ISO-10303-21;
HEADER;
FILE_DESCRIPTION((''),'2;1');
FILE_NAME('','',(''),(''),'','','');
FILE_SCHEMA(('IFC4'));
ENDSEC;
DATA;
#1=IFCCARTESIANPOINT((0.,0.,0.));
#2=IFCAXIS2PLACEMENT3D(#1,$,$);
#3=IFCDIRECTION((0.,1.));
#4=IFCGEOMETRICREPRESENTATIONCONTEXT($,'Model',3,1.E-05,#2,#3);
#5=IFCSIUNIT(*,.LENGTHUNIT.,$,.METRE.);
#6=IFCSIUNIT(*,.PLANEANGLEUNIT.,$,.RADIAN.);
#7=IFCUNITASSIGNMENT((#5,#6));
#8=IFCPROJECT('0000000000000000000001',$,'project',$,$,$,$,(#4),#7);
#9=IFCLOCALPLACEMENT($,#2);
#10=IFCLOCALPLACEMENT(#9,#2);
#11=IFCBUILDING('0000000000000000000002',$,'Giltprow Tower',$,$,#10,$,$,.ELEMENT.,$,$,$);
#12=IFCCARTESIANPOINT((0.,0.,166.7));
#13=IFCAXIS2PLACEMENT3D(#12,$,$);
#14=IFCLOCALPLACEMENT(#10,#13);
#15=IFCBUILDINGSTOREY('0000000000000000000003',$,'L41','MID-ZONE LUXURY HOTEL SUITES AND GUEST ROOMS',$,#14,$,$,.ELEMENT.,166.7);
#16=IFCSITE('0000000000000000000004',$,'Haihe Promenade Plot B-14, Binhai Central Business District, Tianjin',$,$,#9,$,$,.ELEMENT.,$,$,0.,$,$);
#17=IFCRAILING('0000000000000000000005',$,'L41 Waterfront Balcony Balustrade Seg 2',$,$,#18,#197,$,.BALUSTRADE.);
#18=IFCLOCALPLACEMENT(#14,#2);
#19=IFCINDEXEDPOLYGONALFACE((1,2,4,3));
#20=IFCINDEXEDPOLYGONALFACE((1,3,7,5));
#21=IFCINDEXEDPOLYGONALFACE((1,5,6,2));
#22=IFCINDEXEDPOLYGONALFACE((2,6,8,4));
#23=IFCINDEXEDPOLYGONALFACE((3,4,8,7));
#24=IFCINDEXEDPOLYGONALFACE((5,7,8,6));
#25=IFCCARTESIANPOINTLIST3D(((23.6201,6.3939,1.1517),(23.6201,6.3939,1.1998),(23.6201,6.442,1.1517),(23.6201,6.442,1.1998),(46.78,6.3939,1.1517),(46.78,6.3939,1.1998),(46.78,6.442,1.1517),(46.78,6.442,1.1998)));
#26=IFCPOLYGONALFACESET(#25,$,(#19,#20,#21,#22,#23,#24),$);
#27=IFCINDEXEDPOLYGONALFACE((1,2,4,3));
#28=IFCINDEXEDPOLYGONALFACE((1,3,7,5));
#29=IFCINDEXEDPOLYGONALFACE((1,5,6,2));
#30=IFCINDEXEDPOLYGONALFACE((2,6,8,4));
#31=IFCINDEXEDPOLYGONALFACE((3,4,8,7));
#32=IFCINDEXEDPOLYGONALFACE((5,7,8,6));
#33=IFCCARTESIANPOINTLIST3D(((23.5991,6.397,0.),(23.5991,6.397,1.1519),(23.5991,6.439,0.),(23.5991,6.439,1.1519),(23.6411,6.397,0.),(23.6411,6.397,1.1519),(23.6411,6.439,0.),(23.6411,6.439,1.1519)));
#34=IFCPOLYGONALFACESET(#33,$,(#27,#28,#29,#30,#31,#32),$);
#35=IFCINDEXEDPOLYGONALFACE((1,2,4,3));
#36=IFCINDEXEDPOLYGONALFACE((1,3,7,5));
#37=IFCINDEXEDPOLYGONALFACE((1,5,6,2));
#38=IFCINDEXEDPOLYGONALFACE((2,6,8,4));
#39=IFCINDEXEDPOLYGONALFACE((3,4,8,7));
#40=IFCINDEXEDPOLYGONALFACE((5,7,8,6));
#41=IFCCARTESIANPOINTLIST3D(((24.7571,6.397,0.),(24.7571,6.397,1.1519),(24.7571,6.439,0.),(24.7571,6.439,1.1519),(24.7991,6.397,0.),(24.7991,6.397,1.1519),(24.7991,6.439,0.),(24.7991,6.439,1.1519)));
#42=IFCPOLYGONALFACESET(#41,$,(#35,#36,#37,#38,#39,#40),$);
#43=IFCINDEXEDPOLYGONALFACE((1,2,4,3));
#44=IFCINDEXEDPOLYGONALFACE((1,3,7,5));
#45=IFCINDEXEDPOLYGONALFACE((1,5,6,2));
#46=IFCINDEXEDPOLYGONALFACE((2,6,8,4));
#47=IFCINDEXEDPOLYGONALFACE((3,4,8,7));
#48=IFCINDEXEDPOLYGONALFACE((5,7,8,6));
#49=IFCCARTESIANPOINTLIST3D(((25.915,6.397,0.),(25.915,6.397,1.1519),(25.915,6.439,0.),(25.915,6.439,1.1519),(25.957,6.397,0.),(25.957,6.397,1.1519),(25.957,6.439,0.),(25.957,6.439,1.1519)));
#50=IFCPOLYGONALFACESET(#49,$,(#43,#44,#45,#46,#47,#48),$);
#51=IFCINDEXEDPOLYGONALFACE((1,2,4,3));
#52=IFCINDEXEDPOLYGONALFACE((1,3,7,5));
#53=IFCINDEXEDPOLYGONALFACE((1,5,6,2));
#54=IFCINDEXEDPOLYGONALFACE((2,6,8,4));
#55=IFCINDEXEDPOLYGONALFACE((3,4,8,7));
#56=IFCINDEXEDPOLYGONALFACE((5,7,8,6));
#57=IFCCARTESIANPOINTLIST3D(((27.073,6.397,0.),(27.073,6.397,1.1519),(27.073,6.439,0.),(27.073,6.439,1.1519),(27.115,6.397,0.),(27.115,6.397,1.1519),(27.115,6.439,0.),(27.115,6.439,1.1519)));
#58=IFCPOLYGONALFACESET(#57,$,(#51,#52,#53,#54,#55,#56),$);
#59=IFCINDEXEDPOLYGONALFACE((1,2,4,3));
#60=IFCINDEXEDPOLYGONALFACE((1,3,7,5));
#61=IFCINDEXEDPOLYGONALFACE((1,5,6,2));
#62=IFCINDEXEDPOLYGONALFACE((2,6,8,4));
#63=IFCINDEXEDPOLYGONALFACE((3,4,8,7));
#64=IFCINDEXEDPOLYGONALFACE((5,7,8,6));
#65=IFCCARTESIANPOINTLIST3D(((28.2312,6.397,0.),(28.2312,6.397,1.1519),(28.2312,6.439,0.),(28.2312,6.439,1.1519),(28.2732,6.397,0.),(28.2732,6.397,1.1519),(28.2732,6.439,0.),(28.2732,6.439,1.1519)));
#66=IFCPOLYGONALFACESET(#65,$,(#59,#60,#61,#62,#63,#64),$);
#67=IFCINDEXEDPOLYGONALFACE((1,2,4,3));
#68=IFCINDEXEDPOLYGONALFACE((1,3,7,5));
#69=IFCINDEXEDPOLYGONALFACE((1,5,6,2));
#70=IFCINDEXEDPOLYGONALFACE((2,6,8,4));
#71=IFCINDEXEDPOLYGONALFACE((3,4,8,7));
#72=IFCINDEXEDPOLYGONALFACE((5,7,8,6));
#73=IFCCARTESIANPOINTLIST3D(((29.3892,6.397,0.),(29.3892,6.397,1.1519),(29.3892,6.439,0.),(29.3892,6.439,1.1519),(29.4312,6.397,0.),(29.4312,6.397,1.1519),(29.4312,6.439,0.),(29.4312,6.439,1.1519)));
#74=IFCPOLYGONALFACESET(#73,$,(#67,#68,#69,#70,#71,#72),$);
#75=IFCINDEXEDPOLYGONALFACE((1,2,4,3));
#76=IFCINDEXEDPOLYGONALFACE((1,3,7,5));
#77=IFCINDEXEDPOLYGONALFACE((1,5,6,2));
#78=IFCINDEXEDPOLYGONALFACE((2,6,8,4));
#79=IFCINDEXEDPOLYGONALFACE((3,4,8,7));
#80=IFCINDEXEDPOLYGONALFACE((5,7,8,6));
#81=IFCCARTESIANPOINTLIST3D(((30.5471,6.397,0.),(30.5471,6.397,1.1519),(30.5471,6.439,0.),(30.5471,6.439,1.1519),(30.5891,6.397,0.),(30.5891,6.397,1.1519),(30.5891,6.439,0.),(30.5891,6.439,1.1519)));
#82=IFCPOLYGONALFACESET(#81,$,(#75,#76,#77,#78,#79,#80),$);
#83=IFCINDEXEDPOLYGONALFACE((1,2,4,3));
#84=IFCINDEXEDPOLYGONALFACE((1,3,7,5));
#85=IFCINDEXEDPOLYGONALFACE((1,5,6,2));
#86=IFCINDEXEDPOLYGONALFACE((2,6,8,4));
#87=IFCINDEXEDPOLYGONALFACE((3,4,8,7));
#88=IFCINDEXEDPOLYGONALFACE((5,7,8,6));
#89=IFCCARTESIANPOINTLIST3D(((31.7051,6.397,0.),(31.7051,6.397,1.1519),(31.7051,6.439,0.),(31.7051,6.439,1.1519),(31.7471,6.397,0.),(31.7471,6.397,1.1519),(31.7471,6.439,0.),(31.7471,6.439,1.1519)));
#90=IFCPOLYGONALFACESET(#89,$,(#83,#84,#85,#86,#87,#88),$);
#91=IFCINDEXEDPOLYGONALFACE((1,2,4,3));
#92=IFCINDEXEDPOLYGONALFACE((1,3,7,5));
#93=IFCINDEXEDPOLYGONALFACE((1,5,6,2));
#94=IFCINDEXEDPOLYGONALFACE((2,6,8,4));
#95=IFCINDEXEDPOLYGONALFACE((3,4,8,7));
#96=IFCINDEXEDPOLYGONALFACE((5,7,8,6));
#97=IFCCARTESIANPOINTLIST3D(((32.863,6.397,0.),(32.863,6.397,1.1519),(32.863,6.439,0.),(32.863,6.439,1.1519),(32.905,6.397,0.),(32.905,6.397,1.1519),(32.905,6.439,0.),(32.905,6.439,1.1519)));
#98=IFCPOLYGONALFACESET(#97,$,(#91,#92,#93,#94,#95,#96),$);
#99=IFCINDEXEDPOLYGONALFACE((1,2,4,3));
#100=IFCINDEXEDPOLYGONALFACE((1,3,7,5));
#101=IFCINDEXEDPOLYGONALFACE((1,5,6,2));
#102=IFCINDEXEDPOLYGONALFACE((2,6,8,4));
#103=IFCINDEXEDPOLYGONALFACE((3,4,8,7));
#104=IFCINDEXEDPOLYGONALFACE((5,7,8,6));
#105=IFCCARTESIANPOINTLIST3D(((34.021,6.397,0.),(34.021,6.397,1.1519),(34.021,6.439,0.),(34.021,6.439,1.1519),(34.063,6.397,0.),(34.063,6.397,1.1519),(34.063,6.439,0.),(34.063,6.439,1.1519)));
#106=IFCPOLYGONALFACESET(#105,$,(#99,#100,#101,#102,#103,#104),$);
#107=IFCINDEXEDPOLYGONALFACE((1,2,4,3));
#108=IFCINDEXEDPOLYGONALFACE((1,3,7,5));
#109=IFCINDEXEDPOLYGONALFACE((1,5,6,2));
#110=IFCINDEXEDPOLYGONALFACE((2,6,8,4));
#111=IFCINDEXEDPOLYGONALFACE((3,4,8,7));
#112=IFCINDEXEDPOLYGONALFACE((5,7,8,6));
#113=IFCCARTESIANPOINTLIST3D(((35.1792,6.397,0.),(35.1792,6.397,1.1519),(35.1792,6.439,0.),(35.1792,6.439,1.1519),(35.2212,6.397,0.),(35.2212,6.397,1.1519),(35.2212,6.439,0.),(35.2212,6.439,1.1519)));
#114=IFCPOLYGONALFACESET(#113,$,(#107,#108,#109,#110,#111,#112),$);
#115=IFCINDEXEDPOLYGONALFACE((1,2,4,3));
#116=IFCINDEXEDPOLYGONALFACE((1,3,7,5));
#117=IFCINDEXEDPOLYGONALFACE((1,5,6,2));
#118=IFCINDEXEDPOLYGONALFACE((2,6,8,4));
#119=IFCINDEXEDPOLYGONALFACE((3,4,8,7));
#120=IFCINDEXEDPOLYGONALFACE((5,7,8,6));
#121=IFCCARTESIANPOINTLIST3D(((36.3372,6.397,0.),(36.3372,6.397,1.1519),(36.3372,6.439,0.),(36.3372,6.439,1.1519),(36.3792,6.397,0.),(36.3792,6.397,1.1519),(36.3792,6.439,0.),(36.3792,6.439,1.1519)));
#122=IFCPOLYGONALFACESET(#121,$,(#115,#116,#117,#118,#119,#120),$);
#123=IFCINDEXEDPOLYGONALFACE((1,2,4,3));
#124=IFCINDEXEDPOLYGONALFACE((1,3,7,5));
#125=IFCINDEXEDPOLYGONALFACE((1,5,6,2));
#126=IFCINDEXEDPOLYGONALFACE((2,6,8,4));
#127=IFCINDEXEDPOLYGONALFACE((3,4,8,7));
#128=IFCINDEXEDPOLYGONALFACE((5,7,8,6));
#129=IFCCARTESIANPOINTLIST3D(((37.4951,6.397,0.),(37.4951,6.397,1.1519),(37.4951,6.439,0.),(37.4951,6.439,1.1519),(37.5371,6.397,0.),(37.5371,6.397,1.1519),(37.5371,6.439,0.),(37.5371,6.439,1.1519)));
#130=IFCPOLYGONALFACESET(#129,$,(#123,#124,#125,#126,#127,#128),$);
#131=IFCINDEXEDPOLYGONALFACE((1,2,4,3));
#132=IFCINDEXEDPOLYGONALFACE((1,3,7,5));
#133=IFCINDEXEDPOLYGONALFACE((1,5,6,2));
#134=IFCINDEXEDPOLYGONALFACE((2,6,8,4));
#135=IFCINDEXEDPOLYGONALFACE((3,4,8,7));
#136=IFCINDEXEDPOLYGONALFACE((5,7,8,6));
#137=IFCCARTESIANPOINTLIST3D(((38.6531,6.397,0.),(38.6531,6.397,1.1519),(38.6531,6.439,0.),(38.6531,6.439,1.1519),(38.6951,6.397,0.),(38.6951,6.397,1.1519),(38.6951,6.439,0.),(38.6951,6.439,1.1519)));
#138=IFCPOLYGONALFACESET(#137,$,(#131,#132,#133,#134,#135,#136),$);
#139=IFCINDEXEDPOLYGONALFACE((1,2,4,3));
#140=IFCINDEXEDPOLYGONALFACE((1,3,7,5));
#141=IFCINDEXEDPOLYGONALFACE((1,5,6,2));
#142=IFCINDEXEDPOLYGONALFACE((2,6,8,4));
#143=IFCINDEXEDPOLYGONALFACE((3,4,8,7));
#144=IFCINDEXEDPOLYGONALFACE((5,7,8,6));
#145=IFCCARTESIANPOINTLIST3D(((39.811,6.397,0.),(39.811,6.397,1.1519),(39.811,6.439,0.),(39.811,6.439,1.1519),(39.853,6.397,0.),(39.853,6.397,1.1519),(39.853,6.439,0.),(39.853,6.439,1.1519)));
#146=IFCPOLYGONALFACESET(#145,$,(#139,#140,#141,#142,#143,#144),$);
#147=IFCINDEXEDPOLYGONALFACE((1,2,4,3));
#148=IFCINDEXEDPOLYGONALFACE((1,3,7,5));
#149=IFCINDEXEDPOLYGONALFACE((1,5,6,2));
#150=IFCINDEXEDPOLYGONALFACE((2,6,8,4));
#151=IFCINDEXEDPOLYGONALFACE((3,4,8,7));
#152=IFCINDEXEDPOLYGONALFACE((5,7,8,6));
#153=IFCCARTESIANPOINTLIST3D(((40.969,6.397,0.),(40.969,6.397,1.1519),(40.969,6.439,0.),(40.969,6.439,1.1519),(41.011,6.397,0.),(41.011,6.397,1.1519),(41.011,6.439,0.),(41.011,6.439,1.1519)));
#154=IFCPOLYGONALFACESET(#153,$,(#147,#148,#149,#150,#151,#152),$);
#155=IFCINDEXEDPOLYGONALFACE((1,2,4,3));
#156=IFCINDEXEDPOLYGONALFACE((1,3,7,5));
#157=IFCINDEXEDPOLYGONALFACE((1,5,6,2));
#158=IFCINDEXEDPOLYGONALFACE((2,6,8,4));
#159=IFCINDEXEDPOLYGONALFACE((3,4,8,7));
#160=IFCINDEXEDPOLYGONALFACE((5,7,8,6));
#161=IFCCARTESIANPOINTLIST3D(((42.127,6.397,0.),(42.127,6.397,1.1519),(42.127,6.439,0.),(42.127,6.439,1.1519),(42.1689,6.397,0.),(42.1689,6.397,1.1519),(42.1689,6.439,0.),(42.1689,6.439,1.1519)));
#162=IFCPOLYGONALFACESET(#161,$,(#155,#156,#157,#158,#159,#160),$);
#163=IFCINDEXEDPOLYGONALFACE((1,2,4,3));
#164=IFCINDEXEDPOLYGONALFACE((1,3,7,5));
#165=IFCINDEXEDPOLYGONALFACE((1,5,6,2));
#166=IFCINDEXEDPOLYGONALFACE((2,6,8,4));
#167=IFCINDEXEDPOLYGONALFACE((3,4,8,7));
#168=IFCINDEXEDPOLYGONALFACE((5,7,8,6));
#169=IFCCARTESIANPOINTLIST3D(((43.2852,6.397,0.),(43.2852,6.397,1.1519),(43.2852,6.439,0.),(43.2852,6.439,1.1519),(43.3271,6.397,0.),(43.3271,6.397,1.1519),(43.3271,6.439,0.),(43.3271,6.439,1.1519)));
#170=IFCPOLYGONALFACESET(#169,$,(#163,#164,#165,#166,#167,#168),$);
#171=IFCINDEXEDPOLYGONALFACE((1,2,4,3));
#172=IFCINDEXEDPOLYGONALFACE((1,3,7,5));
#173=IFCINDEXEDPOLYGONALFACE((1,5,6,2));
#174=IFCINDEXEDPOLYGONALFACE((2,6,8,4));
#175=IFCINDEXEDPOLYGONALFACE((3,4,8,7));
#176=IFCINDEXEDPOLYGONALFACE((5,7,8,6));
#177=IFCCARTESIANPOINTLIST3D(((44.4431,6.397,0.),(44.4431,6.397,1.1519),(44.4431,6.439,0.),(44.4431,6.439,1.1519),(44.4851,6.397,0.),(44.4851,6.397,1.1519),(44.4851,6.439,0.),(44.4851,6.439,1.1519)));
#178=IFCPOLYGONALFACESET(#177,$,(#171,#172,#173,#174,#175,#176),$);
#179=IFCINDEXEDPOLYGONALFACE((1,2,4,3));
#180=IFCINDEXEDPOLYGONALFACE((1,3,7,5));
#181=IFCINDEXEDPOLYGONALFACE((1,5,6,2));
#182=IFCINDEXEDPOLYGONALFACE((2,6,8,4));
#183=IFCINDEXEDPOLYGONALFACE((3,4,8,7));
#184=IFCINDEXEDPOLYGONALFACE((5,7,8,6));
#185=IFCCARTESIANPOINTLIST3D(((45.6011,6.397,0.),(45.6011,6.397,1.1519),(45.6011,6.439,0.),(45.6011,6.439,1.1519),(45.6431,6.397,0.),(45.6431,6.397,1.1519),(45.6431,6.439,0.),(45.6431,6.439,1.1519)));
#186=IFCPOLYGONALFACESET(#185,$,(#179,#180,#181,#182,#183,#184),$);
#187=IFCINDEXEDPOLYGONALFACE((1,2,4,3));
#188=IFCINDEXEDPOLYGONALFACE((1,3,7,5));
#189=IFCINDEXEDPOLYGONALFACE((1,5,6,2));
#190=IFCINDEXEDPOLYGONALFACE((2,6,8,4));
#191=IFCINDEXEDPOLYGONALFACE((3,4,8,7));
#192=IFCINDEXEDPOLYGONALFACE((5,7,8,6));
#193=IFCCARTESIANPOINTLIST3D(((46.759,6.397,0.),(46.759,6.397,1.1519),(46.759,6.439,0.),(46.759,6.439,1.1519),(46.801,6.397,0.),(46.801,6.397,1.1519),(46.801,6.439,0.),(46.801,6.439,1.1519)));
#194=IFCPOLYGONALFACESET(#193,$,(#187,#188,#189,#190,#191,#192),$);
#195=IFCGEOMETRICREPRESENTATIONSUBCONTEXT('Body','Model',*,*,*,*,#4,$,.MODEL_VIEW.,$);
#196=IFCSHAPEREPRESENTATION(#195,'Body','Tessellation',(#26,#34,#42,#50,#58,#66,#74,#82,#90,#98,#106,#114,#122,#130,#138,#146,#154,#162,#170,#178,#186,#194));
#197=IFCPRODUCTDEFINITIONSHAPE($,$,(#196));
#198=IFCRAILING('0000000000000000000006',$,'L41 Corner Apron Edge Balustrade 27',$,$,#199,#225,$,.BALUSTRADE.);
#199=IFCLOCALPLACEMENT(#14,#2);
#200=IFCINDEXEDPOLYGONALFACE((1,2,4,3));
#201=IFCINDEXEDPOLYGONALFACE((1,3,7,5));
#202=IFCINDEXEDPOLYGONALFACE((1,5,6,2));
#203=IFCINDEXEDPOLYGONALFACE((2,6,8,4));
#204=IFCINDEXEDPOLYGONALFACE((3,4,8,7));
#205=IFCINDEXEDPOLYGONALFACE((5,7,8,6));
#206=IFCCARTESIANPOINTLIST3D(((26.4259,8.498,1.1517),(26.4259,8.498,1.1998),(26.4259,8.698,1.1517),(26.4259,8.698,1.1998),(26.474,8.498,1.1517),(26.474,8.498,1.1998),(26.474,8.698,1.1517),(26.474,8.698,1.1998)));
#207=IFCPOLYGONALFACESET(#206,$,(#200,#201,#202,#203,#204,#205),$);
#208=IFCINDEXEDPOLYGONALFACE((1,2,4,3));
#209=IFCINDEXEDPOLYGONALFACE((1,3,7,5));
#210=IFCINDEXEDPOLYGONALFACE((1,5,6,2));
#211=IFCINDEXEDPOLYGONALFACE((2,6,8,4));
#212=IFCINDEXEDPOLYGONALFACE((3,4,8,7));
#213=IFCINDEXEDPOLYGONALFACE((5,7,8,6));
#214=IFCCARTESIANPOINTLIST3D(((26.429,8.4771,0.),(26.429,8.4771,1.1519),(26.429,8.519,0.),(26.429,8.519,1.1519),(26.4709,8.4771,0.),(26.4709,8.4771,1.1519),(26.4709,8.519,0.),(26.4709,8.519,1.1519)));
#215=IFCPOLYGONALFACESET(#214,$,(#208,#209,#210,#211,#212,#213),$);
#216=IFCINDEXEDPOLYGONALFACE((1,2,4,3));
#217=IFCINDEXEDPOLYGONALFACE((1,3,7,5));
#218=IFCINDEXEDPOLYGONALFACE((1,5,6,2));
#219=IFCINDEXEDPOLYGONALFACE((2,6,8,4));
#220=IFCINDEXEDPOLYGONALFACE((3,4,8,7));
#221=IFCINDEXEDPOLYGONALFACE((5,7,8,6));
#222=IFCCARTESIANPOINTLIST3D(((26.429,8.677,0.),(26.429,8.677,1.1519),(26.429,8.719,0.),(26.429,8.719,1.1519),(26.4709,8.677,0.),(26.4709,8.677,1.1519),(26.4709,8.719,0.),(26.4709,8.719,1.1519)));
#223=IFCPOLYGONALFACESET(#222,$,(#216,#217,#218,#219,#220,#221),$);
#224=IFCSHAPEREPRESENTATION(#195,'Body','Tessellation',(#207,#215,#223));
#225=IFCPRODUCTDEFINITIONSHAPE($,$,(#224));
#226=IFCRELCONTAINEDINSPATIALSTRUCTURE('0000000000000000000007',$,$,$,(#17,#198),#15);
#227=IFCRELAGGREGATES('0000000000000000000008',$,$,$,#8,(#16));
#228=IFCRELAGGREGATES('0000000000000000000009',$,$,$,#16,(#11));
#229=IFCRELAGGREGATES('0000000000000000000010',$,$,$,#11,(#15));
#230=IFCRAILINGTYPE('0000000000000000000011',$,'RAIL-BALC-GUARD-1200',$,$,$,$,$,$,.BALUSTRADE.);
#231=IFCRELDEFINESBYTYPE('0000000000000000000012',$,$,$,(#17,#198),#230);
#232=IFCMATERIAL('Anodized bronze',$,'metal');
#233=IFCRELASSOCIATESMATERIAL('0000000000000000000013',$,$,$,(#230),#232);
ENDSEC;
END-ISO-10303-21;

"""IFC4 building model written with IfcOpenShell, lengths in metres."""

from ifc_helpers import new_model, si_unit, direction, frame, origin, origin_2d, place, context, subcontext, project, spatial, rectangle, extrude, material, type_object, element, save


model = new_model("IFC4")

# Units and contexts
model_context = context("Model", 3, precision=1e-05, world=origin(), true_north=direction((0.0, 1.0)))
body_context = subcontext(model_context, "Body", "Model", "MODEL_VIEW")
ifc_project = project(units=[si_unit("LENGTHUNIT", "METRE"), si_unit("PLANEANGLEUNIT", "RADIAN")], contexts=[model_context])

# Site, building, storey
site_placement = place(None, origin())
site = spatial("IfcSite", under=ifc_project, at=site_placement, Name="Haihe Promenade Plot B-14, Binhai Central Business District, Tianjin", CompositionType="ELEMENT", RefElevation=0.0)
building_placement = place(site_placement, origin())
building = spatial("IfcBuilding", under=site, at=building_placement, Name="Giltprow Tower", CompositionType="ELEMENT")
storey_placement = place(building_placement, frame((0.0, 0.0, 166.7)))
storey = spatial("IfcBuildingStorey", under=building, at=storey_placement, Name="L41", Description="MID-ZONE LUXURY HOTEL SUITES AND GUEST ROOMS", CompositionType="ELEMENT", Elevation=166.7)

# Railings
ifc_material_1 = material(Name="Anodized bronze", Category="metal")
railing_type = type_object("IfcRailingType", Name="RAIL-BALC-GUARD-1200", PredefinedType="BALUSTRADE", material=ifc_material_1)
railing_1_placement = place(storey_placement, frame((23.6201, 6.418, 0.0)))
element("IfcRailing", 1, at=railing_1_placement, inside=storey, type_object=railing_type, Name="L41 Waterfront Balcony Balustrade Seg 2", PredefinedType="BALUSTRADE", context=body_context, shape_type="SweptSolid", body=[
    extrude(rectangle(XDim=0.0481, YDim=0.0481, at=origin_2d()), frame((0.0, 0.0, 1.1758), z_axis=(1.0, 0.0, 0.0), x_axis=(0.0, 1.0, 0.0)), (0.0, 0.0, 1.0), 23.1599),
    extrude(rectangle(XDim=0.042, YDim=0.042, at=origin_2d()), origin(), (0.0, 0.0, 1.0), 1.1519),
    extrude(rectangle(XDim=0.042, YDim=0.042, at=origin_2d()), frame((1.158, 0.0, 0.0)), (0.0, 0.0, 1.0), 1.1519),
    extrude(rectangle(XDim=0.042, YDim=0.042, at=origin_2d()), frame((2.3159, 0.0, 0.0)), (0.0, 0.0, 1.0), 1.1519),
    extrude(rectangle(XDim=0.042, YDim=0.042, at=origin_2d()), frame((3.4739, 0.0, 0.0)), (0.0, 0.0, 1.0), 1.1519),
    extrude(rectangle(XDim=0.042, YDim=0.042, at=origin_2d()), frame((4.6321, 0.0, 0.0)), (0.0, 0.0, 1.0), 1.1519),
    extrude(rectangle(XDim=0.042, YDim=0.042, at=origin_2d()), frame((5.79, 0.0, 0.0)), (0.0, 0.0, 1.0), 1.1519),
    extrude(rectangle(XDim=0.042, YDim=0.042, at=origin_2d()), frame((6.948, 0.0, 0.0)), (0.0, 0.0, 1.0), 1.1519),
    extrude(rectangle(XDim=0.042, YDim=0.042, at=origin_2d()), frame((8.106, 0.0, 0.0)), (0.0, 0.0, 1.0), 1.1519),
    extrude(rectangle(XDim=0.042, YDim=0.042, at=origin_2d()), frame((9.2639, 0.0, 0.0)), (0.0, 0.0, 1.0), 1.1519),
    extrude(rectangle(XDim=0.042, YDim=0.042, at=origin_2d()), frame((10.4219, 0.0, 0.0)), (0.0, 0.0, 1.0), 1.1519),
    extrude(rectangle(XDim=0.042, YDim=0.042, at=origin_2d()), frame((11.5801, 0.0, 0.0)), (0.0, 0.0, 1.0), 1.1519),
    extrude(rectangle(XDim=0.042, YDim=0.042, at=origin_2d()), frame((12.738, 0.0, 0.0)), (0.0, 0.0, 1.0), 1.1519),
    extrude(rectangle(XDim=0.042, YDim=0.042, at=origin_2d()), frame((13.896, 0.0, 0.0)), (0.0, 0.0, 1.0), 1.1519),
    extrude(rectangle(XDim=0.042, YDim=0.042, at=origin_2d()), frame((15.054, 0.0, 0.0)), (0.0, 0.0, 1.0), 1.1519),
    extrude(rectangle(XDim=0.042, YDim=0.042, at=origin_2d()), frame((16.2119, 0.0, 0.0)), (0.0, 0.0, 1.0), 1.1519),
    extrude(rectangle(XDim=0.042, YDim=0.042, at=origin_2d()), frame((17.3699, 0.0, 0.0)), (0.0, 0.0, 1.0), 1.1519),
    extrude(rectangle(XDim=0.042, YDim=0.042, at=origin_2d()), frame((18.5278, 0.0, 0.0)), (0.0, 0.0, 1.0), 1.1519),
    extrude(rectangle(XDim=0.042, YDim=0.042, at=origin_2d()), frame((19.686, 0.0, 0.0)), (0.0, 0.0, 1.0), 1.1519),
    extrude(rectangle(XDim=0.042, YDim=0.042, at=origin_2d()), frame((20.844, 0.0, 0.0)), (0.0, 0.0, 1.0), 1.1519),
    extrude(rectangle(XDim=0.042, YDim=0.042, at=origin_2d()), frame((22.002, 0.0, 0.0)), (0.0, 0.0, 1.0), 1.1519),
    extrude(rectangle(XDim=0.042, YDim=0.042, at=origin_2d()), frame((23.1599, 0.0, 0.0)), (0.0, 0.0, 1.0), 1.1519),
])
railing_2_placement = place(storey_placement, frame((26.45, 8.498, 0.0)))
element("IfcRailing", 2, at=railing_2_placement, inside=storey, type_object=railing_type, Name="L41 Corner Apron Edge Balustrade 27", PredefinedType="BALUSTRADE", context=body_context, shape_type="SweptSolid", body=[
    extrude(rectangle(XDim=0.0481, YDim=0.0481, at=origin_2d()), frame((0.0, 0.0, 1.1758), z_axis=(0.0, 1.0, 0.0), x_axis=(-1.0, 0.0, 0.0)), (0.0, 0.0, 1.0), 0.2),
    extrude(rectangle(XDim=0.042, YDim=0.042, at=origin_2d()), origin(), (0.0, 0.0, 1.0), 1.1519),
    extrude(rectangle(XDim=0.042, YDim=0.042, at=origin_2d()), frame((0.0, 0.2, 0.0)), (0.0, 0.0, 1.0), 1.1519),
])

save(model, "model.ifc")
